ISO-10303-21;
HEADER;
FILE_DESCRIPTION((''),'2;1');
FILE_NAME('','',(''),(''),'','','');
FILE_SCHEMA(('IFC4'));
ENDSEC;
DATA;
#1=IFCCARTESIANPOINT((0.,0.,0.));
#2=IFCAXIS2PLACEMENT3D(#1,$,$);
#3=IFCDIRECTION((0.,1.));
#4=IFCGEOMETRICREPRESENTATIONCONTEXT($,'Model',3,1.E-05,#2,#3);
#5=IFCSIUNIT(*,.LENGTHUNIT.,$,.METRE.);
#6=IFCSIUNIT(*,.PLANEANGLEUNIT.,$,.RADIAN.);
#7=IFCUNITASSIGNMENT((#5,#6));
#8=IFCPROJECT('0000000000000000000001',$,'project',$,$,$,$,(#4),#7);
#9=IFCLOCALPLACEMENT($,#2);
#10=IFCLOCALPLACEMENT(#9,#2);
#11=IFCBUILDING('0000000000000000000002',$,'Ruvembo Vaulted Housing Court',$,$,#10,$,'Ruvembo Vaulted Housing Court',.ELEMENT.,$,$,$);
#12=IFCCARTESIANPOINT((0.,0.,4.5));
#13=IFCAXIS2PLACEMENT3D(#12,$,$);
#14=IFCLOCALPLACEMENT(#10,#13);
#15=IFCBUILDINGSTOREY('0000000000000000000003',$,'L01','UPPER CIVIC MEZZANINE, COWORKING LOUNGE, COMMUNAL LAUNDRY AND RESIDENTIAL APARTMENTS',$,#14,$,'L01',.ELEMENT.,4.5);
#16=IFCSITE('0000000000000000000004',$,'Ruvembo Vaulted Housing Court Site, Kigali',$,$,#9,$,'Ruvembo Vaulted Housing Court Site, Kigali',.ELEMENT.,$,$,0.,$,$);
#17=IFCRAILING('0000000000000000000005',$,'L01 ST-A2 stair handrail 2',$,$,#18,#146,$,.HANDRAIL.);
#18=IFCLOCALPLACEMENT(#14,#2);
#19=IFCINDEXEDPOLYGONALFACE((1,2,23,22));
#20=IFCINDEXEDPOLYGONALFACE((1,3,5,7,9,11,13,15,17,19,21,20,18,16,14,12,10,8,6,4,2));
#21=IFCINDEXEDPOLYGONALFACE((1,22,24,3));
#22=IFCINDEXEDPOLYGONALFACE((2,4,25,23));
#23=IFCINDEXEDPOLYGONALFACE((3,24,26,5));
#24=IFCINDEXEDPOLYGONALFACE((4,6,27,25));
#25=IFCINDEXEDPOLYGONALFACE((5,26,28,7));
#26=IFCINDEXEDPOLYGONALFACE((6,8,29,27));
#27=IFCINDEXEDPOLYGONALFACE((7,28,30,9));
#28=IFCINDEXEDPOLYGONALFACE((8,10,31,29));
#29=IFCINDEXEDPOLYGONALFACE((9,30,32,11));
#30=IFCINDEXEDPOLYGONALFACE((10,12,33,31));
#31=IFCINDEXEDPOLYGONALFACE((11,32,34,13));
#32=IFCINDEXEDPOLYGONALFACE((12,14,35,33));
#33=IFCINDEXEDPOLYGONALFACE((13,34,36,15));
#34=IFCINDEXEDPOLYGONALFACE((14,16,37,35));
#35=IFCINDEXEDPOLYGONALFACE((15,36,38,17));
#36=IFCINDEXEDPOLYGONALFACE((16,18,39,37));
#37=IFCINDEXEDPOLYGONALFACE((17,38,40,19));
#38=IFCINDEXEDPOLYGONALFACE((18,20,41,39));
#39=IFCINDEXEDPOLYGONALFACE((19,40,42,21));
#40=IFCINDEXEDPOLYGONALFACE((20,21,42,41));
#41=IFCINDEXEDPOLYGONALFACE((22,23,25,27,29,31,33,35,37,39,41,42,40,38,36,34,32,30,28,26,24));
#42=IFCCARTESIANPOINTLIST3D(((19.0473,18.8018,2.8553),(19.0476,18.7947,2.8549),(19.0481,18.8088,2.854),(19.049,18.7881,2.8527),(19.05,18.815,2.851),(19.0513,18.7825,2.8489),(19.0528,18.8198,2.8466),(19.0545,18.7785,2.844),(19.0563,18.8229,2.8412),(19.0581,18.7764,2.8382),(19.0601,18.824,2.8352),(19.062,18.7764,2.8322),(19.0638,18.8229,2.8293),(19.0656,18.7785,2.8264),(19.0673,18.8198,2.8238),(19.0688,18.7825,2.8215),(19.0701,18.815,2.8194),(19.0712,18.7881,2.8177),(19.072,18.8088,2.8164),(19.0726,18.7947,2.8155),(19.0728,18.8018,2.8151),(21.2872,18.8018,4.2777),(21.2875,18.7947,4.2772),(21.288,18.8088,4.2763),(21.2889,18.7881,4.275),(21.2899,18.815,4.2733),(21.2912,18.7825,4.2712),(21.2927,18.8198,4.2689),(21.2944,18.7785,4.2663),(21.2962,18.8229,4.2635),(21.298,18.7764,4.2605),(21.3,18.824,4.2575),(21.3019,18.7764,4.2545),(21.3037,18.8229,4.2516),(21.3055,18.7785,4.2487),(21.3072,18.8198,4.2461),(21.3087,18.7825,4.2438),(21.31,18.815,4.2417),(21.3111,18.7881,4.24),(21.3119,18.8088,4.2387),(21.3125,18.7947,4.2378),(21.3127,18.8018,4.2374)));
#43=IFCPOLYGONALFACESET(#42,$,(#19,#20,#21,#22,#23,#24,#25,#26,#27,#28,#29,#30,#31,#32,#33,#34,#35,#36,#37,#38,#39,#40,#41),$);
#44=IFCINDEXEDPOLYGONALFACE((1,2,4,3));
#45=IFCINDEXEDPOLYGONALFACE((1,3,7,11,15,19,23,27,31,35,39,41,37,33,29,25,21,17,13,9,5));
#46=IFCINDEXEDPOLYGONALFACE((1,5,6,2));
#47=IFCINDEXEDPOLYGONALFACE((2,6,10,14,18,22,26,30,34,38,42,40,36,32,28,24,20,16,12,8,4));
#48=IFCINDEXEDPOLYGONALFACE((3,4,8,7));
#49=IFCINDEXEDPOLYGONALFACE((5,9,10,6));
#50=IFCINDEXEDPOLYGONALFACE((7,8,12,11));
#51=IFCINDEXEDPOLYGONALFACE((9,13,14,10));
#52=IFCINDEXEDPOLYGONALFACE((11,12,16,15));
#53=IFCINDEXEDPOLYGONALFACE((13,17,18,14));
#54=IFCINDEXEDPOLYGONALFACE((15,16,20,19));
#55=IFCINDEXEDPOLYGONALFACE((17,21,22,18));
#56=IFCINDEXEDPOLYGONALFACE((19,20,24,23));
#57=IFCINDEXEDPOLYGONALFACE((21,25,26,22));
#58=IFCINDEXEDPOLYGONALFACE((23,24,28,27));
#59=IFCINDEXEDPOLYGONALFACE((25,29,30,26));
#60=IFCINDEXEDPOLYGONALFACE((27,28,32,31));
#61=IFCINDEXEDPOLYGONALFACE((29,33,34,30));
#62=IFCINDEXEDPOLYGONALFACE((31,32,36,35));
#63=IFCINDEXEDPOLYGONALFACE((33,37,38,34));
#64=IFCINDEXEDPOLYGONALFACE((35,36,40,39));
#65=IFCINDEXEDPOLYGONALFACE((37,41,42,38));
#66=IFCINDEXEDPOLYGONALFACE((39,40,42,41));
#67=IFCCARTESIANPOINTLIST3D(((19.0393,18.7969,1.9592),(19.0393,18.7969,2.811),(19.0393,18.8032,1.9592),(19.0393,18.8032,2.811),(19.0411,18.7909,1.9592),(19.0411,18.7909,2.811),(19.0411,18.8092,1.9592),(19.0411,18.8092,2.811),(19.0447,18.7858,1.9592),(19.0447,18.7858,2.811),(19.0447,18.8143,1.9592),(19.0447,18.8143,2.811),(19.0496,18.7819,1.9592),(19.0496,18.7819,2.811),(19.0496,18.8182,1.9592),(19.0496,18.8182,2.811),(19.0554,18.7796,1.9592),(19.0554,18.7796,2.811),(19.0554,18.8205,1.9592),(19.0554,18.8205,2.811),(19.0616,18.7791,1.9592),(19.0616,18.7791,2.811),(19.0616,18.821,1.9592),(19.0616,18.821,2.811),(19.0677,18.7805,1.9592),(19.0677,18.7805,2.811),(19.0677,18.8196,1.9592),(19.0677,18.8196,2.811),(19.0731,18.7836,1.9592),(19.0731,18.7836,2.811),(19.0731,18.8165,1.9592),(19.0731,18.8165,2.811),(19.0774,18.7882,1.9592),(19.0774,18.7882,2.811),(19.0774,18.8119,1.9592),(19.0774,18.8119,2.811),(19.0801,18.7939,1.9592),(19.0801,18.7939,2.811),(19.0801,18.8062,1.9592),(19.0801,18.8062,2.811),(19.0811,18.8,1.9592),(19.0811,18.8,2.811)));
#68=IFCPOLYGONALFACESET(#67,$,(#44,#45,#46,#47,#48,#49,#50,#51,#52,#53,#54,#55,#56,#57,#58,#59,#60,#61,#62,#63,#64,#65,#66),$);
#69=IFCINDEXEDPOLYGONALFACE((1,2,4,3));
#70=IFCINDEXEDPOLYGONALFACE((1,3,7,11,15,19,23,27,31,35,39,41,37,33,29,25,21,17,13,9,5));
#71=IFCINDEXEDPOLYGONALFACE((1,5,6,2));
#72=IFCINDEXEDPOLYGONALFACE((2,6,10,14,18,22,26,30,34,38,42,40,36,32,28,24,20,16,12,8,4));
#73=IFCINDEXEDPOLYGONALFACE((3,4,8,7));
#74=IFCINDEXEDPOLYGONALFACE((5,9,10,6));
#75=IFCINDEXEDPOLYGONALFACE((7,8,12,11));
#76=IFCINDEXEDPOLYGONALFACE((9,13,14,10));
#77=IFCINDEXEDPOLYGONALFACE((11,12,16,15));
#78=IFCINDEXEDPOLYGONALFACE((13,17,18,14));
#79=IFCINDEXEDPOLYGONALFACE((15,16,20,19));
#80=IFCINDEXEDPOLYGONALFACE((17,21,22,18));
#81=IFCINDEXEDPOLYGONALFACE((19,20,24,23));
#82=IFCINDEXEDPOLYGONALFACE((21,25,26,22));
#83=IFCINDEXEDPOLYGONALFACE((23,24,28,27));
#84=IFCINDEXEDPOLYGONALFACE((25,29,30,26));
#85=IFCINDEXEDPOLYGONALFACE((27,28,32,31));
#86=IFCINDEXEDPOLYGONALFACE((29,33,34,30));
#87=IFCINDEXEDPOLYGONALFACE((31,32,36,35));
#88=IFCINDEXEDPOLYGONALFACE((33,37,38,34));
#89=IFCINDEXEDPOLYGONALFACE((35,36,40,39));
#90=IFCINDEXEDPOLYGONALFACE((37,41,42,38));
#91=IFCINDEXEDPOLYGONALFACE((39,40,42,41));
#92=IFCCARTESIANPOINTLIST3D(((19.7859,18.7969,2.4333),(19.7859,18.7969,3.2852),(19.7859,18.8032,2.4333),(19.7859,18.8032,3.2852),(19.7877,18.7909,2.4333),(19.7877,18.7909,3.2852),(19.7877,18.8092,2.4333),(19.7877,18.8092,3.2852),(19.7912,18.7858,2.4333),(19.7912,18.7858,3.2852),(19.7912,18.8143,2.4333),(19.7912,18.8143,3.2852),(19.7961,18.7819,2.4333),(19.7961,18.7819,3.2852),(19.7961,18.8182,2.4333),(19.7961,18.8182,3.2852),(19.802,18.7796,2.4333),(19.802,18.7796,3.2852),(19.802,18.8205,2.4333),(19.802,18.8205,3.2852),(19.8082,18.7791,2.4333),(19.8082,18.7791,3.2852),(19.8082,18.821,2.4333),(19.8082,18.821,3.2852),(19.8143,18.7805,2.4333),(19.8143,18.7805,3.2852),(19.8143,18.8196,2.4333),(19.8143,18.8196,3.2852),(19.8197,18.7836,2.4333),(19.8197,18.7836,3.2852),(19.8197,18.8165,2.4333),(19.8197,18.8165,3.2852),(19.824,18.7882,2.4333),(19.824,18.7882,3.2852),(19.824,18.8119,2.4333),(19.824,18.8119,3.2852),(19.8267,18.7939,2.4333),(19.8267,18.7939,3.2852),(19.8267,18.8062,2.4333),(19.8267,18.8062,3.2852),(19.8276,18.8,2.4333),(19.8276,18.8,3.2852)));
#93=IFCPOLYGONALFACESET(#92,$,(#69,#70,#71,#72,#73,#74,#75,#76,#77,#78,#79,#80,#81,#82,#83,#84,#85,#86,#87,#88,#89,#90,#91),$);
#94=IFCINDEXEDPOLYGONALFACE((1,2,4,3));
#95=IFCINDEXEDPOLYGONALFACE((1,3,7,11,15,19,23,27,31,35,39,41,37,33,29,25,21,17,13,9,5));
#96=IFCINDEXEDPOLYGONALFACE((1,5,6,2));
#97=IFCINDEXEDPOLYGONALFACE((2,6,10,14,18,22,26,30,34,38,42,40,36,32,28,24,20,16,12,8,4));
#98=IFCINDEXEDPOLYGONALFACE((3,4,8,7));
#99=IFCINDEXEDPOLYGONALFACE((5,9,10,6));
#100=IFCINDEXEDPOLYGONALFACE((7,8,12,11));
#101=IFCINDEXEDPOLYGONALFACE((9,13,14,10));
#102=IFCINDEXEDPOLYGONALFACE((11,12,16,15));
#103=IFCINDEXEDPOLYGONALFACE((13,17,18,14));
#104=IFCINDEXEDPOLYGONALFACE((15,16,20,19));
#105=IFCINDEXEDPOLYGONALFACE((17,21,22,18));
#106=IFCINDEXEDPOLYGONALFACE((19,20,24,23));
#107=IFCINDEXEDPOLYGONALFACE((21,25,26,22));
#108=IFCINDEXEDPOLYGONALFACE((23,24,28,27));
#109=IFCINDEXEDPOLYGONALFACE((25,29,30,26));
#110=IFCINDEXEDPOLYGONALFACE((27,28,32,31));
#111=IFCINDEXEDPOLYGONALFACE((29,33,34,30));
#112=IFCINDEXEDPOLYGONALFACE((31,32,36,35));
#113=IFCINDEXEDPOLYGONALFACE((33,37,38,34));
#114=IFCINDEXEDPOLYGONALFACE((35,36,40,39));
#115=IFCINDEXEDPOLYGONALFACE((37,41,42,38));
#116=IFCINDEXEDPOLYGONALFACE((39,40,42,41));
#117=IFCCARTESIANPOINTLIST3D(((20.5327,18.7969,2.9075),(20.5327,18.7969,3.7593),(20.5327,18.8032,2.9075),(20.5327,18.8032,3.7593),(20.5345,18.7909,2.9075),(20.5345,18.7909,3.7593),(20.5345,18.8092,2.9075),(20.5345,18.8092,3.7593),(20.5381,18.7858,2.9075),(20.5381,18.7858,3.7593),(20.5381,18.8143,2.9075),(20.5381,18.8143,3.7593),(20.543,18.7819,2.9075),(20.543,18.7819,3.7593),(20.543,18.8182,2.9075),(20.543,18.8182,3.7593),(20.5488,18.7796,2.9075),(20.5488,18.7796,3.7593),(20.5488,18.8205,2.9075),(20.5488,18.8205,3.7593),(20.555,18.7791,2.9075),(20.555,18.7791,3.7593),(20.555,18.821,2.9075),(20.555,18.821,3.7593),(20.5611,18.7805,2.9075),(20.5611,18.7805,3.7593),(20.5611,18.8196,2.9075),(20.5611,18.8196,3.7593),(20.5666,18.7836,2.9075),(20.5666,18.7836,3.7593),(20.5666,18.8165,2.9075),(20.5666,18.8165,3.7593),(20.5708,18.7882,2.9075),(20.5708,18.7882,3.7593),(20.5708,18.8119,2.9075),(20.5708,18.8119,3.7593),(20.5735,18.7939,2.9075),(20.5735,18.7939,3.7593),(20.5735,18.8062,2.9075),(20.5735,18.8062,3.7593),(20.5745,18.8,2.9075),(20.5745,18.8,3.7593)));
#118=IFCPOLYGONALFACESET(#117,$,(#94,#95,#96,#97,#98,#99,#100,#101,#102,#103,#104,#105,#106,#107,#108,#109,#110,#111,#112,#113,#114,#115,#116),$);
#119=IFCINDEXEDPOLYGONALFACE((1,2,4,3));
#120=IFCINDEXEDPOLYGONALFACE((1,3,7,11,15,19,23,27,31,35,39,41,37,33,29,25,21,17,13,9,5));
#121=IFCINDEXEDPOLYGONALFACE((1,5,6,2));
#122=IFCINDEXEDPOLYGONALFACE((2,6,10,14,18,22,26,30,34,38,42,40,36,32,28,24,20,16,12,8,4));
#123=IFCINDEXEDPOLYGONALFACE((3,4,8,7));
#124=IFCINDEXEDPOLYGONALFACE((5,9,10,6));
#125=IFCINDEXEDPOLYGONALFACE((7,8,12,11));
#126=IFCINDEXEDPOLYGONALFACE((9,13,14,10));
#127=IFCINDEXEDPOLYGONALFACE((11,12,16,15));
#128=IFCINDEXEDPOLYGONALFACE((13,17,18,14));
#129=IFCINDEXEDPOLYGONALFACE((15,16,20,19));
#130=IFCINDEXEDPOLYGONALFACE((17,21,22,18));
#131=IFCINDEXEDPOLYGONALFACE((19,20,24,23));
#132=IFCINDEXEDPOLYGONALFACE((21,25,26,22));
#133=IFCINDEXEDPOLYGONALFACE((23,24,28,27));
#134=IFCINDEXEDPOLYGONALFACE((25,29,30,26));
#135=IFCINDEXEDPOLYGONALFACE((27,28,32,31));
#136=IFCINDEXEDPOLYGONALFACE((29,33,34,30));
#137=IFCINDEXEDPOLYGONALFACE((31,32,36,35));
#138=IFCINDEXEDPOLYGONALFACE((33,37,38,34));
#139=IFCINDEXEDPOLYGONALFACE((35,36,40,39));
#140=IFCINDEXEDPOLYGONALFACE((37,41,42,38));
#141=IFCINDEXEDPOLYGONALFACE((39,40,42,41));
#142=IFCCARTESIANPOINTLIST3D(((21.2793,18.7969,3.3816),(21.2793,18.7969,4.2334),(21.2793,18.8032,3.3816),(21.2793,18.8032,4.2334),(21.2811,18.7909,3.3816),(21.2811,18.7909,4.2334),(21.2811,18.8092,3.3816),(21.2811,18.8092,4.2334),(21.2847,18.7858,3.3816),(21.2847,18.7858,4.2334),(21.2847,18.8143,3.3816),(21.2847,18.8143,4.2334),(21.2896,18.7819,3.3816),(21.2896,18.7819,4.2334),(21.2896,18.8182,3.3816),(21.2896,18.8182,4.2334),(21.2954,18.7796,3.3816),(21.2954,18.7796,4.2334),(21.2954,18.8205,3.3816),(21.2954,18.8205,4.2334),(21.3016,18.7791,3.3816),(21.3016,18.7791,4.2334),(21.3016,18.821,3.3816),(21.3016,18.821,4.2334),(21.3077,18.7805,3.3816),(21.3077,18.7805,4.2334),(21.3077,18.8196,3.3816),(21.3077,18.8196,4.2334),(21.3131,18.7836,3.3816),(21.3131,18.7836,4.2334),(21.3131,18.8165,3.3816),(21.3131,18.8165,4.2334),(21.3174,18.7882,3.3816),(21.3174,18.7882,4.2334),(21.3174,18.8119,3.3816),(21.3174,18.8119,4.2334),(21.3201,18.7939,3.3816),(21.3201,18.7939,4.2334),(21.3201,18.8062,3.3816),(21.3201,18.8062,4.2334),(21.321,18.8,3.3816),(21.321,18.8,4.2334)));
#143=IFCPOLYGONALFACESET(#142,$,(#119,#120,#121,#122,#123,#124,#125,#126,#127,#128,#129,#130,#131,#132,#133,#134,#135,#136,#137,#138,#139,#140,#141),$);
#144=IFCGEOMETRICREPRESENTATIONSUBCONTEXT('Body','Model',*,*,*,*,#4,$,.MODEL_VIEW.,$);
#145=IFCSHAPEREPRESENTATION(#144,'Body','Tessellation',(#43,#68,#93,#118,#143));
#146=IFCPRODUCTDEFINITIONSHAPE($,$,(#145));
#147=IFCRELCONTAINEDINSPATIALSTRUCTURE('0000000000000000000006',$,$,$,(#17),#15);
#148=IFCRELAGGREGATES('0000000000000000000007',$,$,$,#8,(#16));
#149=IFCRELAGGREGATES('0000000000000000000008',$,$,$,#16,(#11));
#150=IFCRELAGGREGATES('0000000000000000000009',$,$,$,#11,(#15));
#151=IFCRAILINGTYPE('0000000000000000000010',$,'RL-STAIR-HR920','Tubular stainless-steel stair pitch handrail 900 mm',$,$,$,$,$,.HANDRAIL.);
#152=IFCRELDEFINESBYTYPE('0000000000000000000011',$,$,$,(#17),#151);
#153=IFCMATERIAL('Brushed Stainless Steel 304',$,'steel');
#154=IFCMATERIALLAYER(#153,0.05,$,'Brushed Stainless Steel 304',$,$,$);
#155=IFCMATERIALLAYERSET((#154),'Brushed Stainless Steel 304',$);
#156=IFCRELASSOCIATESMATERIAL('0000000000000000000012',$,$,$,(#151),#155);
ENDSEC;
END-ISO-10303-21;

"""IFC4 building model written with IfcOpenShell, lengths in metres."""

from ifc_helpers import new_model, si_unit, direction, frame, origin, origin_2d, place, context, subcontext, project, spatial, circle, extrude, material, layer, layer_set, type_object, element, save


model = new_model("IFC4")

# Units and contexts
model_context = context("Model", 3, precision=1e-05, world=origin(), true_north=direction((0.0, 1.0)))
body_context = subcontext(model_context, "Body", "Model", "MODEL_VIEW")
ifc_project = project(units=[si_unit("LENGTHUNIT", "METRE"), si_unit("PLANEANGLEUNIT", "RADIAN")], contexts=[model_context])

# Site, building, storey
site_placement = place(None, origin())
site = spatial("IfcSite", under=ifc_project, at=site_placement, Name="Ruvembo Vaulted Housing Court Site, Kigali", LongName="Ruvembo Vaulted Housing Court Site, Kigali", CompositionType="ELEMENT", RefElevation=0.0)
building_placement = place(site_placement, origin())
building = spatial("IfcBuilding", under=site, at=building_placement, Name="Ruvembo Vaulted Housing Court", LongName="Ruvembo Vaulted Housing Court", CompositionType="ELEMENT")
storey_placement = place(building_placement, frame((0.0, 0.0, 4.5)))
storey = spatial("IfcBuildingStorey", under=building, at=storey_placement, Name="L01", Description="UPPER CIVIC MEZZANINE, COWORKING LOUNGE, COMMUNAL LAUNDRY AND RESIDENTIAL APARTMENTS", LongName="L01", CompositionType="ELEMENT", Elevation=4.5)

# Railing
ifc_material_1 = material(Name="Brushed Stainless Steel 304", Category="steel")
ifc_layer_1 = layer(ifc_material_1, 0.05, Name="Brushed Stainless Steel 304")
ifc_layer_set_1 = layer_set([ifc_layer_1], Name="Brushed Stainless Steel 304")
railing_type_1 = type_object("IfcRailingType", Name="RL-STAIR-HR920", Description="Tubular stainless-steel stair pitch handrail 900 mm", PredefinedType="HANDRAIL", material=ifc_layer_set_1)
railing_1_placement = place(storey_placement, frame((19.0601, 18.8, 1.9592)))
element("IfcRailing", 1, at=railing_1_placement, inside=storey, type_object=railing_type_1, Name="L01 ST-A2 stair handrail 2", PredefinedType="HANDRAIL", context=body_context, shape_type="SweptSolid", body=[
    extrude(circle(Radius=0.0239, at=origin_2d()), frame((0.0, 0.0, 0.876), z_axis=(0.844188, 0.0, 0.536048), x_axis=(0.0, 1.0, 0.0)), (0.0, 0.0, 1.0), 2.6533),
    extrude(circle(Radius=0.021, at=origin_2d()), origin(), (0.0, 0.0, 1.0), 0.8518),
    extrude(circle(Radius=0.021, at=origin_2d()), frame((0.7466, 0.0, 0.4741)), (0.0, 0.0, 1.0), 0.8518),
    extrude(circle(Radius=0.021, at=origin_2d()), frame((1.4934, 0.0, 0.9482)), (0.0, 0.0, 1.0), 0.8518),
    extrude(circle(Radius=0.021, at=origin_2d()), frame((2.24, 0.0, 1.4224)), (0.0, 0.0, 1.0), 0.8518),
])

save(model, "model.ifc")
